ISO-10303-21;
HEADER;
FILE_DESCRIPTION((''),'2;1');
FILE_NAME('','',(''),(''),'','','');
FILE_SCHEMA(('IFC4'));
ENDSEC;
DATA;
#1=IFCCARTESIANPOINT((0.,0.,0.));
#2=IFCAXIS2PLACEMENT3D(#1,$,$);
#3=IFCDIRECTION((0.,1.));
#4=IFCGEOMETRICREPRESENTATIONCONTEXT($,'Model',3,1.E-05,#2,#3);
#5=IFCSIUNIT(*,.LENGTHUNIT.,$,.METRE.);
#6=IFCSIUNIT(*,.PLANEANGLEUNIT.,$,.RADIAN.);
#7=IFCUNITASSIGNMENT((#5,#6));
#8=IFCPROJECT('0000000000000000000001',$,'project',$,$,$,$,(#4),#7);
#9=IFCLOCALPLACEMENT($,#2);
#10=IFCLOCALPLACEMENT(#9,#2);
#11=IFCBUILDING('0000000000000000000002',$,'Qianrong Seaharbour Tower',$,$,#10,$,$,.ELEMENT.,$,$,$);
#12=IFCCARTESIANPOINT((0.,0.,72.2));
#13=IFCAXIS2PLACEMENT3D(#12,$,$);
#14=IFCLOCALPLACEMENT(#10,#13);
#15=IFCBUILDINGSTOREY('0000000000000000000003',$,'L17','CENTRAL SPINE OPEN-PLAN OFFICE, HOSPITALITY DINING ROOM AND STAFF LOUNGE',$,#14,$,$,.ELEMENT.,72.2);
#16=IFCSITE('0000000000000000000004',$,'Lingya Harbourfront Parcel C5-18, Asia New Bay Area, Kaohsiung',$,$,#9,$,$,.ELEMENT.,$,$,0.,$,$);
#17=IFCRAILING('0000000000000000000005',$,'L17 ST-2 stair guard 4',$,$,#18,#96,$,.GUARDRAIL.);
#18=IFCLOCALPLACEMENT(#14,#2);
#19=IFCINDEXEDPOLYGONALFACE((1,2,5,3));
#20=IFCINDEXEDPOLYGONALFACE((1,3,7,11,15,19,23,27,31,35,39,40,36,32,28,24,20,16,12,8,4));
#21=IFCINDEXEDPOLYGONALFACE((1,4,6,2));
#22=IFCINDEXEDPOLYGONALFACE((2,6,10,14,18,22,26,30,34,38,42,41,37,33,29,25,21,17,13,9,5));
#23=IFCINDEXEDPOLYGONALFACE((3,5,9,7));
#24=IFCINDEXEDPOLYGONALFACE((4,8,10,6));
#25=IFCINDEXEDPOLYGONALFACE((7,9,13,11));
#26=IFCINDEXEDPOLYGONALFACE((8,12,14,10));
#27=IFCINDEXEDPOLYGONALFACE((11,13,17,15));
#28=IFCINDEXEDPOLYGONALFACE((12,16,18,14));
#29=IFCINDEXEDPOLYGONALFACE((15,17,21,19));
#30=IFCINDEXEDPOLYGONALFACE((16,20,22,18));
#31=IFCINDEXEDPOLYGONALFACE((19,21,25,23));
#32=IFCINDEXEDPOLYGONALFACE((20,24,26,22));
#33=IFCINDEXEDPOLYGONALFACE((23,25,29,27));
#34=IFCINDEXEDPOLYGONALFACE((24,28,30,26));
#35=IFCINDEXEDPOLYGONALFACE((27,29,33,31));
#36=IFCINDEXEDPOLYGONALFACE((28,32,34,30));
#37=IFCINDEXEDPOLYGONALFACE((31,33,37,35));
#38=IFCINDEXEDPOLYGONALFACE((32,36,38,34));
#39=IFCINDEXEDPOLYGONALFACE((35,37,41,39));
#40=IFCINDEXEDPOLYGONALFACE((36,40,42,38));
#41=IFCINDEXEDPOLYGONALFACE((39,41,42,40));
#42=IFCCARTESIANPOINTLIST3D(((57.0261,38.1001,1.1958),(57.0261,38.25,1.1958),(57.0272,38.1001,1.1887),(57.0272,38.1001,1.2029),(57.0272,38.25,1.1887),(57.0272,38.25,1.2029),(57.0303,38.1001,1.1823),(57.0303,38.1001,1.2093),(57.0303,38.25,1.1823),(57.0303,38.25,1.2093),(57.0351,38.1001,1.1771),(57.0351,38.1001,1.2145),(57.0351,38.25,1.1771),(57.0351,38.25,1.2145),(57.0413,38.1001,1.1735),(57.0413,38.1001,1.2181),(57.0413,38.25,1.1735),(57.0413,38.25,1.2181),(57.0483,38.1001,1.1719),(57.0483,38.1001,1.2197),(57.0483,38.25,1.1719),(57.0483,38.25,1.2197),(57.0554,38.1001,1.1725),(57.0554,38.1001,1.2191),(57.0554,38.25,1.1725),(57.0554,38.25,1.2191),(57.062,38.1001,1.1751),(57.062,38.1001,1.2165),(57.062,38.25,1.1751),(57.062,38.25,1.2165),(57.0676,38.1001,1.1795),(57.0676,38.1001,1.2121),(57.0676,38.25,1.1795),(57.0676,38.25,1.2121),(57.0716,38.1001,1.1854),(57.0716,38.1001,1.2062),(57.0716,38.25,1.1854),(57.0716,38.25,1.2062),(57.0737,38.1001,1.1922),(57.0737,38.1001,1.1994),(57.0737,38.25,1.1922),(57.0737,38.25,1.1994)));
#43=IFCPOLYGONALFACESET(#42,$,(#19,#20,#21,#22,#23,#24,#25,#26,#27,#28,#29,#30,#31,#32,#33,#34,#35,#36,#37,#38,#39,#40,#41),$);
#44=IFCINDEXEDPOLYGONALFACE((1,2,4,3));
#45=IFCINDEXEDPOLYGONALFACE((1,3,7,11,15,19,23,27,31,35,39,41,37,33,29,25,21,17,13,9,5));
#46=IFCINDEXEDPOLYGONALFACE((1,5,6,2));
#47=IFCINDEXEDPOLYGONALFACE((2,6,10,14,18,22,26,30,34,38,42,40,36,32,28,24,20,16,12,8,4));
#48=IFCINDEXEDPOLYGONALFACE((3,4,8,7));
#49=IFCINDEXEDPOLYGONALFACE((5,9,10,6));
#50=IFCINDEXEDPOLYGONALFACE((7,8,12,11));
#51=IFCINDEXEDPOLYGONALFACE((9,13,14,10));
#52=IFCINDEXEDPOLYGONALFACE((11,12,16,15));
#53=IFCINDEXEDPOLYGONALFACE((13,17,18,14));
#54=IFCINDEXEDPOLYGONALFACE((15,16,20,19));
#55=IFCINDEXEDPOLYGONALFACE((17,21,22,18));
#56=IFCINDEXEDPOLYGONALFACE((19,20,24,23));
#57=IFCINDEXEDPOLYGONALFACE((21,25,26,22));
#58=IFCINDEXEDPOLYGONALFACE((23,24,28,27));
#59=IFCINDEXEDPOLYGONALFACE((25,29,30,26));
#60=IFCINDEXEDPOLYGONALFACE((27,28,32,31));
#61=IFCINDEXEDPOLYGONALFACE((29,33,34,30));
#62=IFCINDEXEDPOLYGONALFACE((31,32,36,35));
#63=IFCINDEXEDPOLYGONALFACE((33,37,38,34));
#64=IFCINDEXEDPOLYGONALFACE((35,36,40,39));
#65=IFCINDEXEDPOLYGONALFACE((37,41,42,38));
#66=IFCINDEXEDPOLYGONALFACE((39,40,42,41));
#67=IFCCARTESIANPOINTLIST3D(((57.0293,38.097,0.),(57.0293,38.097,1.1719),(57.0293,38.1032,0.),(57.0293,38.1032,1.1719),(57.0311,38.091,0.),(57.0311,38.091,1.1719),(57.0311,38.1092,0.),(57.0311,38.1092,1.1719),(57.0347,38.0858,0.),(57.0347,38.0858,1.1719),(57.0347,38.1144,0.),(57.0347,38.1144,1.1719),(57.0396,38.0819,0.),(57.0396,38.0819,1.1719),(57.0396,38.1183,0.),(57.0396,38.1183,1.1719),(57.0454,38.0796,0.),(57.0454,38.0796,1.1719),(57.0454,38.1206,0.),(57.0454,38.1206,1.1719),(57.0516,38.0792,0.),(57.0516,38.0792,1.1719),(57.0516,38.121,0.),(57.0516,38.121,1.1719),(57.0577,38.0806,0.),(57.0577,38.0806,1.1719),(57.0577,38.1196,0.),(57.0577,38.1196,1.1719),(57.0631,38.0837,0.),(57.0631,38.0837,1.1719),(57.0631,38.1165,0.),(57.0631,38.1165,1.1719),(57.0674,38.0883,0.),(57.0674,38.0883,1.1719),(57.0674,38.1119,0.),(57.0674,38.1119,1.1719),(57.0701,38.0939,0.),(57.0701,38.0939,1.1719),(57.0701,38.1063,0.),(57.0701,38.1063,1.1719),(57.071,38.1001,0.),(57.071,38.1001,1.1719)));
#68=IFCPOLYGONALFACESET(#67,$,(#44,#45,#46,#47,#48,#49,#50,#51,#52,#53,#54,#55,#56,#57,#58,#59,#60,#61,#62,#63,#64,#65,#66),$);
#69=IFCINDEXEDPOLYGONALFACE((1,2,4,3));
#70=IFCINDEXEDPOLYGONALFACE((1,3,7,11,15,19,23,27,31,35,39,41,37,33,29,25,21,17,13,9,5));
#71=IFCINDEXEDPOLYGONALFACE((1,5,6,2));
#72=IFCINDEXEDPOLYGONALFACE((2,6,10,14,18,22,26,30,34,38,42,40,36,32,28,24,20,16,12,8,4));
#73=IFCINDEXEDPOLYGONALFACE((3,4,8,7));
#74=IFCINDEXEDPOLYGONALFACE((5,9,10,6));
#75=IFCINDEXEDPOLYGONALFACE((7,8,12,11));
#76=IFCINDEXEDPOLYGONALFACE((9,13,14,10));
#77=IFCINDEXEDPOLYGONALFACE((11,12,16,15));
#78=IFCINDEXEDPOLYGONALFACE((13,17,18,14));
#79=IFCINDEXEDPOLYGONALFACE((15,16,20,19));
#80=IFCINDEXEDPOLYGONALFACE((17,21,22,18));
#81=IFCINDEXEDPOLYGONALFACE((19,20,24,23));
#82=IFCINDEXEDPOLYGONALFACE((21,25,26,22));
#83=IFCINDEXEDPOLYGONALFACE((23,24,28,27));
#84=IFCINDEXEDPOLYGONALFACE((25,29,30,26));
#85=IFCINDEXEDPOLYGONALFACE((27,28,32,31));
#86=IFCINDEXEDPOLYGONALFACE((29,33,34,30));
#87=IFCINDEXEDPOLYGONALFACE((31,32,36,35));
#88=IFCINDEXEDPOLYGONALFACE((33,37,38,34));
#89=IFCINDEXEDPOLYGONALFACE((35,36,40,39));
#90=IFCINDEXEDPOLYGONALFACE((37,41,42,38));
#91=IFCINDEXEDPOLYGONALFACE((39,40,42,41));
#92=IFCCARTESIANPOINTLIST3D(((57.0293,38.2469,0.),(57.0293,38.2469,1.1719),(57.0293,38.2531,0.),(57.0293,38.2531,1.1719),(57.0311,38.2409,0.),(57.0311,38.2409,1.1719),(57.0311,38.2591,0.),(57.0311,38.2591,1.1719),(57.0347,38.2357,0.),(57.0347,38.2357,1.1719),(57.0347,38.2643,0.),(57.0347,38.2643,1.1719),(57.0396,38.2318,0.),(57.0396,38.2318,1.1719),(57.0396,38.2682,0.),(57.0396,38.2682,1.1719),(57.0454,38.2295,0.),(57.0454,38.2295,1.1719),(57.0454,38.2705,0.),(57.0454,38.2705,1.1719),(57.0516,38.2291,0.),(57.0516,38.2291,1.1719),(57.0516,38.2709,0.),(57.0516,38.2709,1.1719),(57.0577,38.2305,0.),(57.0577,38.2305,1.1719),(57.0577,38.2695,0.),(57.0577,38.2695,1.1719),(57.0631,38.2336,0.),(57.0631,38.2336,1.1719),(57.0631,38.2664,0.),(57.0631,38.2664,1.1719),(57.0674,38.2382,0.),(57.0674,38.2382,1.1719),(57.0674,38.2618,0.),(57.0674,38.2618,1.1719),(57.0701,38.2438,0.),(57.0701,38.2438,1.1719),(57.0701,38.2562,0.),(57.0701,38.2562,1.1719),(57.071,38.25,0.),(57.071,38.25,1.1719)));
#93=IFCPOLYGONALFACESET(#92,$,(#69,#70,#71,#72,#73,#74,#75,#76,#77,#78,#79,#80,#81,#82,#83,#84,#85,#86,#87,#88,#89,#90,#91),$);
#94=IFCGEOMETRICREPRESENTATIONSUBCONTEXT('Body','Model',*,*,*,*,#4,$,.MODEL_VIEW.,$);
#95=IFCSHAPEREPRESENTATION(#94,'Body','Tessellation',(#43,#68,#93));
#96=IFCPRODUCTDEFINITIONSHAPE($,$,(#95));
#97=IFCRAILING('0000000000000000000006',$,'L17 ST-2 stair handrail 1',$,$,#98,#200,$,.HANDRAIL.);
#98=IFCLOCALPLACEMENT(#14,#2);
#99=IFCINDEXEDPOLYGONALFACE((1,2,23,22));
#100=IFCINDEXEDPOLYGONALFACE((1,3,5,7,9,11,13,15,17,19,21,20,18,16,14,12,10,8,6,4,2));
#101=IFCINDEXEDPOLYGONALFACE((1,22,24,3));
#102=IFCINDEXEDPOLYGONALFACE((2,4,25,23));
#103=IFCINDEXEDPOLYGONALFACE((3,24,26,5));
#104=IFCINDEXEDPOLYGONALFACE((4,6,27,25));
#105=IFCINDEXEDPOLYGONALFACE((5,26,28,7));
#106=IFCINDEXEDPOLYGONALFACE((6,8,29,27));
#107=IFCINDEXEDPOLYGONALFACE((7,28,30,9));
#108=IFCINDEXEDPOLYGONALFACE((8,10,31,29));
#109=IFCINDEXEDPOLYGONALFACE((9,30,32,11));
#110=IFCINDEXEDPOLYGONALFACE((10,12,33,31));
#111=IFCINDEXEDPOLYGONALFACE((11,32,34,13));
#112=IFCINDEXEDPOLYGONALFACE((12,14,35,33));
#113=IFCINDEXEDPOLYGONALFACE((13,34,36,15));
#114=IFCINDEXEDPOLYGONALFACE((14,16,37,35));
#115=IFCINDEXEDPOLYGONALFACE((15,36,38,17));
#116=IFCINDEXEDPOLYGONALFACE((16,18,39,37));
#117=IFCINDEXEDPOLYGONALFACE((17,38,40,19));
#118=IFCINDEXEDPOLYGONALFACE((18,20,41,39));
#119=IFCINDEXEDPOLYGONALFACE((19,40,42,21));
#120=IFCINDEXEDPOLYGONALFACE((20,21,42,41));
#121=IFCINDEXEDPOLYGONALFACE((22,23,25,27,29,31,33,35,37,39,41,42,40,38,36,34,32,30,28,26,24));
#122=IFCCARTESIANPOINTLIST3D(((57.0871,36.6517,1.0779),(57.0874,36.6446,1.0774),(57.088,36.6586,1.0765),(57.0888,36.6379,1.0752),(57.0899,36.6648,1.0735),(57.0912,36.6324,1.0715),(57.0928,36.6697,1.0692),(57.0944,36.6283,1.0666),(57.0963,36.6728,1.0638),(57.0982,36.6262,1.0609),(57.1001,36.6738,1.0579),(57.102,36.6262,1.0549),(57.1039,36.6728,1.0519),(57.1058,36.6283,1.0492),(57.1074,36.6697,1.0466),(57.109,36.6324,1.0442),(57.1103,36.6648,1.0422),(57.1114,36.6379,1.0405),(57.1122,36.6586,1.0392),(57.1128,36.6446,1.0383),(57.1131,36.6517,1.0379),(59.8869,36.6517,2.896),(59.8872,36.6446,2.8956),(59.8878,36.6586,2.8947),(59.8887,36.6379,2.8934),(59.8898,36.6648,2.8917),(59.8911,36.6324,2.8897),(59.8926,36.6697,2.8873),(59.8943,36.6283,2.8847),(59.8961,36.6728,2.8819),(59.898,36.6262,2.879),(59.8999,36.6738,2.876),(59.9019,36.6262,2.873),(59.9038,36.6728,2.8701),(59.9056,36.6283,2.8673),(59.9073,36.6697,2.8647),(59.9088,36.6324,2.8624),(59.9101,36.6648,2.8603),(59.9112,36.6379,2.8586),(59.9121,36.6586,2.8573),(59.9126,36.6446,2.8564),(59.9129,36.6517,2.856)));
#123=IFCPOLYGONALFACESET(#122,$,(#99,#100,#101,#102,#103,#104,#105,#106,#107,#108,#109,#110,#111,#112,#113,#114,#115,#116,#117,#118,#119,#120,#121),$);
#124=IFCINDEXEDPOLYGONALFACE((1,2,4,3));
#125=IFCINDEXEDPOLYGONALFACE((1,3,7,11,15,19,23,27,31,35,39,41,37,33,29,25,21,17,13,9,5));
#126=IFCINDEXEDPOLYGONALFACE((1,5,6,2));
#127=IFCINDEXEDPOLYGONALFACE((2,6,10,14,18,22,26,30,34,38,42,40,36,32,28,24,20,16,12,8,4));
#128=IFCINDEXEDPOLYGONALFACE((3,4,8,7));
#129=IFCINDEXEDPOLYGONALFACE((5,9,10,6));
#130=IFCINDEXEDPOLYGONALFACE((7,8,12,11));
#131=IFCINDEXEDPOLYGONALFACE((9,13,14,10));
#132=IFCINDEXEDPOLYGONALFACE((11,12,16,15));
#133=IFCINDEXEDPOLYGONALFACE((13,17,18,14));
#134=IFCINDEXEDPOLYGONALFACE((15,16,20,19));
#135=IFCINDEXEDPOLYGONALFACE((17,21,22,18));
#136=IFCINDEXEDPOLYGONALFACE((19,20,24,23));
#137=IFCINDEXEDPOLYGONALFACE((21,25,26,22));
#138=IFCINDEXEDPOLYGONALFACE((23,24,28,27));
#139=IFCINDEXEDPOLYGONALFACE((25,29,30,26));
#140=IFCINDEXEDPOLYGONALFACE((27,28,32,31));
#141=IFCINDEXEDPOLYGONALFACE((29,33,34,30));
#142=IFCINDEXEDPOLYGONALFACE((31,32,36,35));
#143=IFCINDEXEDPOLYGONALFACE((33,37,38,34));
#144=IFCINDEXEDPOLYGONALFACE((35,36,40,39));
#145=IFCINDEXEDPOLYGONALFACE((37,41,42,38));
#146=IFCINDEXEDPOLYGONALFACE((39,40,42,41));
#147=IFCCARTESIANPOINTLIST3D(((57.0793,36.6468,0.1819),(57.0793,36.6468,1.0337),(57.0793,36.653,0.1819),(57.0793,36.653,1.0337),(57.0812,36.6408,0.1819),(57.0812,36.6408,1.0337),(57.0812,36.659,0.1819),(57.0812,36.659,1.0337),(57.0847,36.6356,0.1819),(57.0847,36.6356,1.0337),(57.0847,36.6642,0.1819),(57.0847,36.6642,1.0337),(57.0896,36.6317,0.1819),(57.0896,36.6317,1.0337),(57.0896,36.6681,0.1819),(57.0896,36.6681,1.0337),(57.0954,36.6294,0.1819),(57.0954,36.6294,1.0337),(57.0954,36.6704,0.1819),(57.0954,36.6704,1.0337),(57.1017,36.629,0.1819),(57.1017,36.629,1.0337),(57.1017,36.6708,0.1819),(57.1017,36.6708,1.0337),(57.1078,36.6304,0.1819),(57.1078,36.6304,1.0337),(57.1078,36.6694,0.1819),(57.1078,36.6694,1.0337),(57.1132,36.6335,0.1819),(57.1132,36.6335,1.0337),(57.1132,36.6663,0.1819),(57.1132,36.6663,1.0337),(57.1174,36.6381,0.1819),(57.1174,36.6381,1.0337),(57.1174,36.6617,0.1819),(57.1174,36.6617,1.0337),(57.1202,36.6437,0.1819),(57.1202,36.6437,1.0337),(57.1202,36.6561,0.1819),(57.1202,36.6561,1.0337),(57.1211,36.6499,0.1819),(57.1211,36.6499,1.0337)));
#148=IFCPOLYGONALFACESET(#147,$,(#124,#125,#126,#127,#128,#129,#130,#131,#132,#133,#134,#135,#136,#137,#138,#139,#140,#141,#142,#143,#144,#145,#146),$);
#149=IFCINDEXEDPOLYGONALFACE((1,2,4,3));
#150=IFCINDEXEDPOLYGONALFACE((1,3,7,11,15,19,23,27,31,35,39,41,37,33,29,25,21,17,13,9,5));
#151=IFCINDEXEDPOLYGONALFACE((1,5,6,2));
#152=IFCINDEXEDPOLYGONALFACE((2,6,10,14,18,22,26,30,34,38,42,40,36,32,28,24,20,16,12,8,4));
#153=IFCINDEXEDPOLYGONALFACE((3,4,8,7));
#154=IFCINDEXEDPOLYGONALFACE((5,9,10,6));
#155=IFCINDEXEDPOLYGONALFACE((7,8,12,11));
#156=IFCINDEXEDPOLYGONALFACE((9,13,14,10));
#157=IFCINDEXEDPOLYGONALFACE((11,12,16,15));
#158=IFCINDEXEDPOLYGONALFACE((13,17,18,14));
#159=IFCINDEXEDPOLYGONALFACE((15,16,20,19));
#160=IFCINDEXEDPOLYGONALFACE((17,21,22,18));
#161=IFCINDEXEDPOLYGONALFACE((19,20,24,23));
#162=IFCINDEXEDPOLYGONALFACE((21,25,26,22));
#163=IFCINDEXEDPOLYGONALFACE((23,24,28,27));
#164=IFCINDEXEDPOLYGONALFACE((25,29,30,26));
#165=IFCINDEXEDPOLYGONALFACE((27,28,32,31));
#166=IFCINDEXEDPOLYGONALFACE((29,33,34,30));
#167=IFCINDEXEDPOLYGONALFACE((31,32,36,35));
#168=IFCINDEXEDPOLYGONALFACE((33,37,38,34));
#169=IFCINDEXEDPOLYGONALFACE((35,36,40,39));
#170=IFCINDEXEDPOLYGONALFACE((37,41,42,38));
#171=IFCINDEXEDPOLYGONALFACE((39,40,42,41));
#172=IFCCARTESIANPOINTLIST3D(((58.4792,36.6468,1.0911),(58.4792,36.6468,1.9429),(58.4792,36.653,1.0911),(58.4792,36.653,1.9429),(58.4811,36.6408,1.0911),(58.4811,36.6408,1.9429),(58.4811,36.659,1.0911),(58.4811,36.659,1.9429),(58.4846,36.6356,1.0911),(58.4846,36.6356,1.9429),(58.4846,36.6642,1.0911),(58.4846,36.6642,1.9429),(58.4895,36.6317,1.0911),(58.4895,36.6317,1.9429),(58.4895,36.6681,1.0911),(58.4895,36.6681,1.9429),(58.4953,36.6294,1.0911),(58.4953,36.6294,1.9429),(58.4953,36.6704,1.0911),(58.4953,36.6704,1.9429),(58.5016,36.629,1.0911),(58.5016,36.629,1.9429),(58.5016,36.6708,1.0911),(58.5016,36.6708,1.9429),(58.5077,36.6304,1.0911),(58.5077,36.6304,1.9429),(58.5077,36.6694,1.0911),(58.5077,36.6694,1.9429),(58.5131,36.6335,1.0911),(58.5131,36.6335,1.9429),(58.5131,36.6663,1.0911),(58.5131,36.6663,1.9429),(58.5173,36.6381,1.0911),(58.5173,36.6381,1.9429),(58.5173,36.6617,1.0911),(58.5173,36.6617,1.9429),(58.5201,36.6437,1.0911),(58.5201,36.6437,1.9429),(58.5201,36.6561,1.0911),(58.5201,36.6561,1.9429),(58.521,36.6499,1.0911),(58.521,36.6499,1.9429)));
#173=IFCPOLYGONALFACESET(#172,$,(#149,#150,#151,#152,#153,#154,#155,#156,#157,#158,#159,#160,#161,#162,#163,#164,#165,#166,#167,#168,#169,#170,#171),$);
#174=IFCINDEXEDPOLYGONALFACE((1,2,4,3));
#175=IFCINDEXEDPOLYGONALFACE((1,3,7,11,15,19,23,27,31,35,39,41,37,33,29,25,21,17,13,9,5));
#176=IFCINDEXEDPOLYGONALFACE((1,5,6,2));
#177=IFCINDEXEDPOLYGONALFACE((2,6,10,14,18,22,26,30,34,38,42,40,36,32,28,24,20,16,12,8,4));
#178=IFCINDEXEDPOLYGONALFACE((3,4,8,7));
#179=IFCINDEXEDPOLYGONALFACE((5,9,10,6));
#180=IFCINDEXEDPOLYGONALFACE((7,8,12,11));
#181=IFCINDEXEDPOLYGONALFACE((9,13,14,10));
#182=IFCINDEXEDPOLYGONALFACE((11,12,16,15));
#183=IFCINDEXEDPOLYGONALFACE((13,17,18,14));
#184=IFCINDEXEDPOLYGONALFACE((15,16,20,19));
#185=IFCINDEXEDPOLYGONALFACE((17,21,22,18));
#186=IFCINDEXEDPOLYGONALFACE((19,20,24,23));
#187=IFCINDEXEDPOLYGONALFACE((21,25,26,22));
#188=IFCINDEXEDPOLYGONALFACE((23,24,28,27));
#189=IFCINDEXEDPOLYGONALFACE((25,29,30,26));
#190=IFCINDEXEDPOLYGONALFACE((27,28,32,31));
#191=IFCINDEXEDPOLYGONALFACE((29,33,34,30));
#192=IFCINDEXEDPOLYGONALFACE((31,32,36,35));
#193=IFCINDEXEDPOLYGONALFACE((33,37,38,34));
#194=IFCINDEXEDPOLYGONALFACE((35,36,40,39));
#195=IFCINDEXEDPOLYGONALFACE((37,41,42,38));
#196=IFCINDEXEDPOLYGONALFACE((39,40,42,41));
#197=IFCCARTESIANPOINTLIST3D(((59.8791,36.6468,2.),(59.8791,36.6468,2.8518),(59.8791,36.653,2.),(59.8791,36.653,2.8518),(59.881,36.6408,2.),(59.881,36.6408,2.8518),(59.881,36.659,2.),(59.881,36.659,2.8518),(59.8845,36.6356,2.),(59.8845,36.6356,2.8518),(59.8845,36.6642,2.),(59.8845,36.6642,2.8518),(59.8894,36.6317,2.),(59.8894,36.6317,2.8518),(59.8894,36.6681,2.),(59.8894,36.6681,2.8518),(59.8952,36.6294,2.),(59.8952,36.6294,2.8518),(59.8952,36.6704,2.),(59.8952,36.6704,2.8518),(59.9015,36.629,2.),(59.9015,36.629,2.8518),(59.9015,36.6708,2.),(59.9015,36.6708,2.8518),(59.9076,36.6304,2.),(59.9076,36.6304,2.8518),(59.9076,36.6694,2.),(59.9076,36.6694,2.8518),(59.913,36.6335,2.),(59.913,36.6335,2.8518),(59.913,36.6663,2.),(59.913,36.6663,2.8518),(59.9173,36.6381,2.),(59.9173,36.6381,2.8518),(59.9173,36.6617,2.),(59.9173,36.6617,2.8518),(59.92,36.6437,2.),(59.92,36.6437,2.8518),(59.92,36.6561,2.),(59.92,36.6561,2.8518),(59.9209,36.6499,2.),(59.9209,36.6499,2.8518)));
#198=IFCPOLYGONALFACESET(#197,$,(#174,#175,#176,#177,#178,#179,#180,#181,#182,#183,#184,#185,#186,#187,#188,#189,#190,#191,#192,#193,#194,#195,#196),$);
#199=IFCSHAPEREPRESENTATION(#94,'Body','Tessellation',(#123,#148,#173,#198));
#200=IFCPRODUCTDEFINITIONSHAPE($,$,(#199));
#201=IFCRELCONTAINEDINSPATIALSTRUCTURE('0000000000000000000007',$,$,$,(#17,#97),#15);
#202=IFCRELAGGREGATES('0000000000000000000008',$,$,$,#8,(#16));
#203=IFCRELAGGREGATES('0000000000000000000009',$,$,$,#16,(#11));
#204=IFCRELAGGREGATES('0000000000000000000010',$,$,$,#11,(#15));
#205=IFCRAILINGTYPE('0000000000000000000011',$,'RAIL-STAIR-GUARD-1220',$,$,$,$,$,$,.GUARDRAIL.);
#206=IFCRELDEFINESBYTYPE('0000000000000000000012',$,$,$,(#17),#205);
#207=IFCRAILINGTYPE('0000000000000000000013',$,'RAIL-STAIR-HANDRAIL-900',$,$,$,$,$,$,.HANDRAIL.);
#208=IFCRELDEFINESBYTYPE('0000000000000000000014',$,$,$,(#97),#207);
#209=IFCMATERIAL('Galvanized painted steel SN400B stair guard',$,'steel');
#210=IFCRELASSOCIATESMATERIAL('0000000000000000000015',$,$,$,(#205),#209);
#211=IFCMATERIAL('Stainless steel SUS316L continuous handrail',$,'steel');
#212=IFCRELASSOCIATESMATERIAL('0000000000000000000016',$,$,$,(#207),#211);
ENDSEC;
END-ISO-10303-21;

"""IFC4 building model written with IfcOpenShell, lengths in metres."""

from ifc_helpers import new_model, si_unit, direction, frame, origin, origin_2d, place, context, subcontext, project, spatial, circle, extrude, material, type_object, element, save


model = new_model("IFC4")

# Units and contexts
model_context = context("Model", 3, precision=1e-05, world=origin(), true_north=direction((0.0, 1.0)))
body_context = subcontext(model_context, "Body", "Model", "MODEL_VIEW")
ifc_project = project(units=[si_unit("LENGTHUNIT", "METRE"), si_unit("PLANEANGLEUNIT", "RADIAN")], contexts=[model_context])

# Site, building, storey
site_placement = place(None, origin())
site = spatial("IfcSite", under=ifc_project, at=site_placement, Name="Lingya Harbourfront Parcel C5-18, Asia New Bay Area, Kaohsiung", CompositionType="ELEMENT", RefElevation=0.0)
building_placement = place(site_placement, origin())
building = spatial("IfcBuilding", under=site, at=building_placement, Name="Qianrong Seaharbour Tower", CompositionType="ELEMENT")
storey_placement = place(building_placement, frame((0.0, 0.0, 72.2)))
storey = spatial("IfcBuildingStorey", under=building, at=storey_placement, Name="L17", Description="CENTRAL SPINE OPEN-PLAN OFFICE, HOSPITALITY DINING ROOM AND STAFF LOUNGE", CompositionType="ELEMENT", Elevation=72.2)

# Railings
ifc_material_1 = material(Name="Galvanized painted steel SN400B stair guard", Category="steel")
railing_type_1 = type_object("IfcRailingType", Name="RAIL-STAIR-GUARD-1220", PredefinedType="GUARDRAIL", material=ifc_material_1)
railing_1_placement = place(storey_placement, frame((57.05, 38.1001, 0.0)))
element("IfcRailing", 1, at=railing_1_placement, inside=storey, type_object=railing_type_1, Name="L17 ST-2 stair guard 4", PredefinedType="GUARDRAIL", context=body_context, shape_type="SweptSolid", body=[
    extrude(circle(Radius=0.0239, at=origin_2d()), frame((0.0, 0.0, 1.1958), z_axis=(0.0, 1.0, 0.0), x_axis=(-1.0, 0.0, 0.0)), (0.0, 0.0, 1.0), 0.1499),
    extrude(circle(Radius=0.021, at=origin_2d()), origin(), (0.0, 0.0, 1.0), 1.1719),
    extrude(circle(Radius=0.021, at=origin_2d()), frame((0.0, 0.1499, 0.0)), (0.0, 0.0, 1.0), 1.1719),
])
ifc_material_2 = material(Name="Stainless steel SUS316L continuous handrail", Category="steel")
railing_type_2 = type_object("IfcRailingType", Name="RAIL-STAIR-HANDRAIL-900", PredefinedType="HANDRAIL", material=ifc_material_2)
railing_2_placement = place(storey_placement, frame((57.1001, 36.6499, 0.1819)))
element("IfcRailing", 2, at=railing_2_placement, inside=storey, type_object=railing_type_2, Name="L17 ST-2 stair handrail 1", PredefinedType="HANDRAIL", context=body_context, shape_type="SweptSolid", body=[
    extrude(circle(Radius=0.0239, at=origin_2d()), frame((0.0, 0.0, 0.876), z_axis=(0.838684, 0.0, 0.544618), x_axis=(0.0, 1.0, 0.0)), (0.0, 0.0, 1.0), 3.3384),
    extrude(circle(Radius=0.021, at=origin_2d()), origin(), (0.0, 0.0, 1.0), 0.8518),
    extrude(circle(Radius=0.021, at=origin_2d()), frame((1.3999, 0.0, 0.9092)), (0.0, 0.0, 1.0), 0.8518),
    extrude(circle(Radius=0.021, at=origin_2d()), frame((2.7998, 0.0, 1.8181)), (0.0, 0.0, 1.0), 0.8518),
])

save(model, "model.ifc")
